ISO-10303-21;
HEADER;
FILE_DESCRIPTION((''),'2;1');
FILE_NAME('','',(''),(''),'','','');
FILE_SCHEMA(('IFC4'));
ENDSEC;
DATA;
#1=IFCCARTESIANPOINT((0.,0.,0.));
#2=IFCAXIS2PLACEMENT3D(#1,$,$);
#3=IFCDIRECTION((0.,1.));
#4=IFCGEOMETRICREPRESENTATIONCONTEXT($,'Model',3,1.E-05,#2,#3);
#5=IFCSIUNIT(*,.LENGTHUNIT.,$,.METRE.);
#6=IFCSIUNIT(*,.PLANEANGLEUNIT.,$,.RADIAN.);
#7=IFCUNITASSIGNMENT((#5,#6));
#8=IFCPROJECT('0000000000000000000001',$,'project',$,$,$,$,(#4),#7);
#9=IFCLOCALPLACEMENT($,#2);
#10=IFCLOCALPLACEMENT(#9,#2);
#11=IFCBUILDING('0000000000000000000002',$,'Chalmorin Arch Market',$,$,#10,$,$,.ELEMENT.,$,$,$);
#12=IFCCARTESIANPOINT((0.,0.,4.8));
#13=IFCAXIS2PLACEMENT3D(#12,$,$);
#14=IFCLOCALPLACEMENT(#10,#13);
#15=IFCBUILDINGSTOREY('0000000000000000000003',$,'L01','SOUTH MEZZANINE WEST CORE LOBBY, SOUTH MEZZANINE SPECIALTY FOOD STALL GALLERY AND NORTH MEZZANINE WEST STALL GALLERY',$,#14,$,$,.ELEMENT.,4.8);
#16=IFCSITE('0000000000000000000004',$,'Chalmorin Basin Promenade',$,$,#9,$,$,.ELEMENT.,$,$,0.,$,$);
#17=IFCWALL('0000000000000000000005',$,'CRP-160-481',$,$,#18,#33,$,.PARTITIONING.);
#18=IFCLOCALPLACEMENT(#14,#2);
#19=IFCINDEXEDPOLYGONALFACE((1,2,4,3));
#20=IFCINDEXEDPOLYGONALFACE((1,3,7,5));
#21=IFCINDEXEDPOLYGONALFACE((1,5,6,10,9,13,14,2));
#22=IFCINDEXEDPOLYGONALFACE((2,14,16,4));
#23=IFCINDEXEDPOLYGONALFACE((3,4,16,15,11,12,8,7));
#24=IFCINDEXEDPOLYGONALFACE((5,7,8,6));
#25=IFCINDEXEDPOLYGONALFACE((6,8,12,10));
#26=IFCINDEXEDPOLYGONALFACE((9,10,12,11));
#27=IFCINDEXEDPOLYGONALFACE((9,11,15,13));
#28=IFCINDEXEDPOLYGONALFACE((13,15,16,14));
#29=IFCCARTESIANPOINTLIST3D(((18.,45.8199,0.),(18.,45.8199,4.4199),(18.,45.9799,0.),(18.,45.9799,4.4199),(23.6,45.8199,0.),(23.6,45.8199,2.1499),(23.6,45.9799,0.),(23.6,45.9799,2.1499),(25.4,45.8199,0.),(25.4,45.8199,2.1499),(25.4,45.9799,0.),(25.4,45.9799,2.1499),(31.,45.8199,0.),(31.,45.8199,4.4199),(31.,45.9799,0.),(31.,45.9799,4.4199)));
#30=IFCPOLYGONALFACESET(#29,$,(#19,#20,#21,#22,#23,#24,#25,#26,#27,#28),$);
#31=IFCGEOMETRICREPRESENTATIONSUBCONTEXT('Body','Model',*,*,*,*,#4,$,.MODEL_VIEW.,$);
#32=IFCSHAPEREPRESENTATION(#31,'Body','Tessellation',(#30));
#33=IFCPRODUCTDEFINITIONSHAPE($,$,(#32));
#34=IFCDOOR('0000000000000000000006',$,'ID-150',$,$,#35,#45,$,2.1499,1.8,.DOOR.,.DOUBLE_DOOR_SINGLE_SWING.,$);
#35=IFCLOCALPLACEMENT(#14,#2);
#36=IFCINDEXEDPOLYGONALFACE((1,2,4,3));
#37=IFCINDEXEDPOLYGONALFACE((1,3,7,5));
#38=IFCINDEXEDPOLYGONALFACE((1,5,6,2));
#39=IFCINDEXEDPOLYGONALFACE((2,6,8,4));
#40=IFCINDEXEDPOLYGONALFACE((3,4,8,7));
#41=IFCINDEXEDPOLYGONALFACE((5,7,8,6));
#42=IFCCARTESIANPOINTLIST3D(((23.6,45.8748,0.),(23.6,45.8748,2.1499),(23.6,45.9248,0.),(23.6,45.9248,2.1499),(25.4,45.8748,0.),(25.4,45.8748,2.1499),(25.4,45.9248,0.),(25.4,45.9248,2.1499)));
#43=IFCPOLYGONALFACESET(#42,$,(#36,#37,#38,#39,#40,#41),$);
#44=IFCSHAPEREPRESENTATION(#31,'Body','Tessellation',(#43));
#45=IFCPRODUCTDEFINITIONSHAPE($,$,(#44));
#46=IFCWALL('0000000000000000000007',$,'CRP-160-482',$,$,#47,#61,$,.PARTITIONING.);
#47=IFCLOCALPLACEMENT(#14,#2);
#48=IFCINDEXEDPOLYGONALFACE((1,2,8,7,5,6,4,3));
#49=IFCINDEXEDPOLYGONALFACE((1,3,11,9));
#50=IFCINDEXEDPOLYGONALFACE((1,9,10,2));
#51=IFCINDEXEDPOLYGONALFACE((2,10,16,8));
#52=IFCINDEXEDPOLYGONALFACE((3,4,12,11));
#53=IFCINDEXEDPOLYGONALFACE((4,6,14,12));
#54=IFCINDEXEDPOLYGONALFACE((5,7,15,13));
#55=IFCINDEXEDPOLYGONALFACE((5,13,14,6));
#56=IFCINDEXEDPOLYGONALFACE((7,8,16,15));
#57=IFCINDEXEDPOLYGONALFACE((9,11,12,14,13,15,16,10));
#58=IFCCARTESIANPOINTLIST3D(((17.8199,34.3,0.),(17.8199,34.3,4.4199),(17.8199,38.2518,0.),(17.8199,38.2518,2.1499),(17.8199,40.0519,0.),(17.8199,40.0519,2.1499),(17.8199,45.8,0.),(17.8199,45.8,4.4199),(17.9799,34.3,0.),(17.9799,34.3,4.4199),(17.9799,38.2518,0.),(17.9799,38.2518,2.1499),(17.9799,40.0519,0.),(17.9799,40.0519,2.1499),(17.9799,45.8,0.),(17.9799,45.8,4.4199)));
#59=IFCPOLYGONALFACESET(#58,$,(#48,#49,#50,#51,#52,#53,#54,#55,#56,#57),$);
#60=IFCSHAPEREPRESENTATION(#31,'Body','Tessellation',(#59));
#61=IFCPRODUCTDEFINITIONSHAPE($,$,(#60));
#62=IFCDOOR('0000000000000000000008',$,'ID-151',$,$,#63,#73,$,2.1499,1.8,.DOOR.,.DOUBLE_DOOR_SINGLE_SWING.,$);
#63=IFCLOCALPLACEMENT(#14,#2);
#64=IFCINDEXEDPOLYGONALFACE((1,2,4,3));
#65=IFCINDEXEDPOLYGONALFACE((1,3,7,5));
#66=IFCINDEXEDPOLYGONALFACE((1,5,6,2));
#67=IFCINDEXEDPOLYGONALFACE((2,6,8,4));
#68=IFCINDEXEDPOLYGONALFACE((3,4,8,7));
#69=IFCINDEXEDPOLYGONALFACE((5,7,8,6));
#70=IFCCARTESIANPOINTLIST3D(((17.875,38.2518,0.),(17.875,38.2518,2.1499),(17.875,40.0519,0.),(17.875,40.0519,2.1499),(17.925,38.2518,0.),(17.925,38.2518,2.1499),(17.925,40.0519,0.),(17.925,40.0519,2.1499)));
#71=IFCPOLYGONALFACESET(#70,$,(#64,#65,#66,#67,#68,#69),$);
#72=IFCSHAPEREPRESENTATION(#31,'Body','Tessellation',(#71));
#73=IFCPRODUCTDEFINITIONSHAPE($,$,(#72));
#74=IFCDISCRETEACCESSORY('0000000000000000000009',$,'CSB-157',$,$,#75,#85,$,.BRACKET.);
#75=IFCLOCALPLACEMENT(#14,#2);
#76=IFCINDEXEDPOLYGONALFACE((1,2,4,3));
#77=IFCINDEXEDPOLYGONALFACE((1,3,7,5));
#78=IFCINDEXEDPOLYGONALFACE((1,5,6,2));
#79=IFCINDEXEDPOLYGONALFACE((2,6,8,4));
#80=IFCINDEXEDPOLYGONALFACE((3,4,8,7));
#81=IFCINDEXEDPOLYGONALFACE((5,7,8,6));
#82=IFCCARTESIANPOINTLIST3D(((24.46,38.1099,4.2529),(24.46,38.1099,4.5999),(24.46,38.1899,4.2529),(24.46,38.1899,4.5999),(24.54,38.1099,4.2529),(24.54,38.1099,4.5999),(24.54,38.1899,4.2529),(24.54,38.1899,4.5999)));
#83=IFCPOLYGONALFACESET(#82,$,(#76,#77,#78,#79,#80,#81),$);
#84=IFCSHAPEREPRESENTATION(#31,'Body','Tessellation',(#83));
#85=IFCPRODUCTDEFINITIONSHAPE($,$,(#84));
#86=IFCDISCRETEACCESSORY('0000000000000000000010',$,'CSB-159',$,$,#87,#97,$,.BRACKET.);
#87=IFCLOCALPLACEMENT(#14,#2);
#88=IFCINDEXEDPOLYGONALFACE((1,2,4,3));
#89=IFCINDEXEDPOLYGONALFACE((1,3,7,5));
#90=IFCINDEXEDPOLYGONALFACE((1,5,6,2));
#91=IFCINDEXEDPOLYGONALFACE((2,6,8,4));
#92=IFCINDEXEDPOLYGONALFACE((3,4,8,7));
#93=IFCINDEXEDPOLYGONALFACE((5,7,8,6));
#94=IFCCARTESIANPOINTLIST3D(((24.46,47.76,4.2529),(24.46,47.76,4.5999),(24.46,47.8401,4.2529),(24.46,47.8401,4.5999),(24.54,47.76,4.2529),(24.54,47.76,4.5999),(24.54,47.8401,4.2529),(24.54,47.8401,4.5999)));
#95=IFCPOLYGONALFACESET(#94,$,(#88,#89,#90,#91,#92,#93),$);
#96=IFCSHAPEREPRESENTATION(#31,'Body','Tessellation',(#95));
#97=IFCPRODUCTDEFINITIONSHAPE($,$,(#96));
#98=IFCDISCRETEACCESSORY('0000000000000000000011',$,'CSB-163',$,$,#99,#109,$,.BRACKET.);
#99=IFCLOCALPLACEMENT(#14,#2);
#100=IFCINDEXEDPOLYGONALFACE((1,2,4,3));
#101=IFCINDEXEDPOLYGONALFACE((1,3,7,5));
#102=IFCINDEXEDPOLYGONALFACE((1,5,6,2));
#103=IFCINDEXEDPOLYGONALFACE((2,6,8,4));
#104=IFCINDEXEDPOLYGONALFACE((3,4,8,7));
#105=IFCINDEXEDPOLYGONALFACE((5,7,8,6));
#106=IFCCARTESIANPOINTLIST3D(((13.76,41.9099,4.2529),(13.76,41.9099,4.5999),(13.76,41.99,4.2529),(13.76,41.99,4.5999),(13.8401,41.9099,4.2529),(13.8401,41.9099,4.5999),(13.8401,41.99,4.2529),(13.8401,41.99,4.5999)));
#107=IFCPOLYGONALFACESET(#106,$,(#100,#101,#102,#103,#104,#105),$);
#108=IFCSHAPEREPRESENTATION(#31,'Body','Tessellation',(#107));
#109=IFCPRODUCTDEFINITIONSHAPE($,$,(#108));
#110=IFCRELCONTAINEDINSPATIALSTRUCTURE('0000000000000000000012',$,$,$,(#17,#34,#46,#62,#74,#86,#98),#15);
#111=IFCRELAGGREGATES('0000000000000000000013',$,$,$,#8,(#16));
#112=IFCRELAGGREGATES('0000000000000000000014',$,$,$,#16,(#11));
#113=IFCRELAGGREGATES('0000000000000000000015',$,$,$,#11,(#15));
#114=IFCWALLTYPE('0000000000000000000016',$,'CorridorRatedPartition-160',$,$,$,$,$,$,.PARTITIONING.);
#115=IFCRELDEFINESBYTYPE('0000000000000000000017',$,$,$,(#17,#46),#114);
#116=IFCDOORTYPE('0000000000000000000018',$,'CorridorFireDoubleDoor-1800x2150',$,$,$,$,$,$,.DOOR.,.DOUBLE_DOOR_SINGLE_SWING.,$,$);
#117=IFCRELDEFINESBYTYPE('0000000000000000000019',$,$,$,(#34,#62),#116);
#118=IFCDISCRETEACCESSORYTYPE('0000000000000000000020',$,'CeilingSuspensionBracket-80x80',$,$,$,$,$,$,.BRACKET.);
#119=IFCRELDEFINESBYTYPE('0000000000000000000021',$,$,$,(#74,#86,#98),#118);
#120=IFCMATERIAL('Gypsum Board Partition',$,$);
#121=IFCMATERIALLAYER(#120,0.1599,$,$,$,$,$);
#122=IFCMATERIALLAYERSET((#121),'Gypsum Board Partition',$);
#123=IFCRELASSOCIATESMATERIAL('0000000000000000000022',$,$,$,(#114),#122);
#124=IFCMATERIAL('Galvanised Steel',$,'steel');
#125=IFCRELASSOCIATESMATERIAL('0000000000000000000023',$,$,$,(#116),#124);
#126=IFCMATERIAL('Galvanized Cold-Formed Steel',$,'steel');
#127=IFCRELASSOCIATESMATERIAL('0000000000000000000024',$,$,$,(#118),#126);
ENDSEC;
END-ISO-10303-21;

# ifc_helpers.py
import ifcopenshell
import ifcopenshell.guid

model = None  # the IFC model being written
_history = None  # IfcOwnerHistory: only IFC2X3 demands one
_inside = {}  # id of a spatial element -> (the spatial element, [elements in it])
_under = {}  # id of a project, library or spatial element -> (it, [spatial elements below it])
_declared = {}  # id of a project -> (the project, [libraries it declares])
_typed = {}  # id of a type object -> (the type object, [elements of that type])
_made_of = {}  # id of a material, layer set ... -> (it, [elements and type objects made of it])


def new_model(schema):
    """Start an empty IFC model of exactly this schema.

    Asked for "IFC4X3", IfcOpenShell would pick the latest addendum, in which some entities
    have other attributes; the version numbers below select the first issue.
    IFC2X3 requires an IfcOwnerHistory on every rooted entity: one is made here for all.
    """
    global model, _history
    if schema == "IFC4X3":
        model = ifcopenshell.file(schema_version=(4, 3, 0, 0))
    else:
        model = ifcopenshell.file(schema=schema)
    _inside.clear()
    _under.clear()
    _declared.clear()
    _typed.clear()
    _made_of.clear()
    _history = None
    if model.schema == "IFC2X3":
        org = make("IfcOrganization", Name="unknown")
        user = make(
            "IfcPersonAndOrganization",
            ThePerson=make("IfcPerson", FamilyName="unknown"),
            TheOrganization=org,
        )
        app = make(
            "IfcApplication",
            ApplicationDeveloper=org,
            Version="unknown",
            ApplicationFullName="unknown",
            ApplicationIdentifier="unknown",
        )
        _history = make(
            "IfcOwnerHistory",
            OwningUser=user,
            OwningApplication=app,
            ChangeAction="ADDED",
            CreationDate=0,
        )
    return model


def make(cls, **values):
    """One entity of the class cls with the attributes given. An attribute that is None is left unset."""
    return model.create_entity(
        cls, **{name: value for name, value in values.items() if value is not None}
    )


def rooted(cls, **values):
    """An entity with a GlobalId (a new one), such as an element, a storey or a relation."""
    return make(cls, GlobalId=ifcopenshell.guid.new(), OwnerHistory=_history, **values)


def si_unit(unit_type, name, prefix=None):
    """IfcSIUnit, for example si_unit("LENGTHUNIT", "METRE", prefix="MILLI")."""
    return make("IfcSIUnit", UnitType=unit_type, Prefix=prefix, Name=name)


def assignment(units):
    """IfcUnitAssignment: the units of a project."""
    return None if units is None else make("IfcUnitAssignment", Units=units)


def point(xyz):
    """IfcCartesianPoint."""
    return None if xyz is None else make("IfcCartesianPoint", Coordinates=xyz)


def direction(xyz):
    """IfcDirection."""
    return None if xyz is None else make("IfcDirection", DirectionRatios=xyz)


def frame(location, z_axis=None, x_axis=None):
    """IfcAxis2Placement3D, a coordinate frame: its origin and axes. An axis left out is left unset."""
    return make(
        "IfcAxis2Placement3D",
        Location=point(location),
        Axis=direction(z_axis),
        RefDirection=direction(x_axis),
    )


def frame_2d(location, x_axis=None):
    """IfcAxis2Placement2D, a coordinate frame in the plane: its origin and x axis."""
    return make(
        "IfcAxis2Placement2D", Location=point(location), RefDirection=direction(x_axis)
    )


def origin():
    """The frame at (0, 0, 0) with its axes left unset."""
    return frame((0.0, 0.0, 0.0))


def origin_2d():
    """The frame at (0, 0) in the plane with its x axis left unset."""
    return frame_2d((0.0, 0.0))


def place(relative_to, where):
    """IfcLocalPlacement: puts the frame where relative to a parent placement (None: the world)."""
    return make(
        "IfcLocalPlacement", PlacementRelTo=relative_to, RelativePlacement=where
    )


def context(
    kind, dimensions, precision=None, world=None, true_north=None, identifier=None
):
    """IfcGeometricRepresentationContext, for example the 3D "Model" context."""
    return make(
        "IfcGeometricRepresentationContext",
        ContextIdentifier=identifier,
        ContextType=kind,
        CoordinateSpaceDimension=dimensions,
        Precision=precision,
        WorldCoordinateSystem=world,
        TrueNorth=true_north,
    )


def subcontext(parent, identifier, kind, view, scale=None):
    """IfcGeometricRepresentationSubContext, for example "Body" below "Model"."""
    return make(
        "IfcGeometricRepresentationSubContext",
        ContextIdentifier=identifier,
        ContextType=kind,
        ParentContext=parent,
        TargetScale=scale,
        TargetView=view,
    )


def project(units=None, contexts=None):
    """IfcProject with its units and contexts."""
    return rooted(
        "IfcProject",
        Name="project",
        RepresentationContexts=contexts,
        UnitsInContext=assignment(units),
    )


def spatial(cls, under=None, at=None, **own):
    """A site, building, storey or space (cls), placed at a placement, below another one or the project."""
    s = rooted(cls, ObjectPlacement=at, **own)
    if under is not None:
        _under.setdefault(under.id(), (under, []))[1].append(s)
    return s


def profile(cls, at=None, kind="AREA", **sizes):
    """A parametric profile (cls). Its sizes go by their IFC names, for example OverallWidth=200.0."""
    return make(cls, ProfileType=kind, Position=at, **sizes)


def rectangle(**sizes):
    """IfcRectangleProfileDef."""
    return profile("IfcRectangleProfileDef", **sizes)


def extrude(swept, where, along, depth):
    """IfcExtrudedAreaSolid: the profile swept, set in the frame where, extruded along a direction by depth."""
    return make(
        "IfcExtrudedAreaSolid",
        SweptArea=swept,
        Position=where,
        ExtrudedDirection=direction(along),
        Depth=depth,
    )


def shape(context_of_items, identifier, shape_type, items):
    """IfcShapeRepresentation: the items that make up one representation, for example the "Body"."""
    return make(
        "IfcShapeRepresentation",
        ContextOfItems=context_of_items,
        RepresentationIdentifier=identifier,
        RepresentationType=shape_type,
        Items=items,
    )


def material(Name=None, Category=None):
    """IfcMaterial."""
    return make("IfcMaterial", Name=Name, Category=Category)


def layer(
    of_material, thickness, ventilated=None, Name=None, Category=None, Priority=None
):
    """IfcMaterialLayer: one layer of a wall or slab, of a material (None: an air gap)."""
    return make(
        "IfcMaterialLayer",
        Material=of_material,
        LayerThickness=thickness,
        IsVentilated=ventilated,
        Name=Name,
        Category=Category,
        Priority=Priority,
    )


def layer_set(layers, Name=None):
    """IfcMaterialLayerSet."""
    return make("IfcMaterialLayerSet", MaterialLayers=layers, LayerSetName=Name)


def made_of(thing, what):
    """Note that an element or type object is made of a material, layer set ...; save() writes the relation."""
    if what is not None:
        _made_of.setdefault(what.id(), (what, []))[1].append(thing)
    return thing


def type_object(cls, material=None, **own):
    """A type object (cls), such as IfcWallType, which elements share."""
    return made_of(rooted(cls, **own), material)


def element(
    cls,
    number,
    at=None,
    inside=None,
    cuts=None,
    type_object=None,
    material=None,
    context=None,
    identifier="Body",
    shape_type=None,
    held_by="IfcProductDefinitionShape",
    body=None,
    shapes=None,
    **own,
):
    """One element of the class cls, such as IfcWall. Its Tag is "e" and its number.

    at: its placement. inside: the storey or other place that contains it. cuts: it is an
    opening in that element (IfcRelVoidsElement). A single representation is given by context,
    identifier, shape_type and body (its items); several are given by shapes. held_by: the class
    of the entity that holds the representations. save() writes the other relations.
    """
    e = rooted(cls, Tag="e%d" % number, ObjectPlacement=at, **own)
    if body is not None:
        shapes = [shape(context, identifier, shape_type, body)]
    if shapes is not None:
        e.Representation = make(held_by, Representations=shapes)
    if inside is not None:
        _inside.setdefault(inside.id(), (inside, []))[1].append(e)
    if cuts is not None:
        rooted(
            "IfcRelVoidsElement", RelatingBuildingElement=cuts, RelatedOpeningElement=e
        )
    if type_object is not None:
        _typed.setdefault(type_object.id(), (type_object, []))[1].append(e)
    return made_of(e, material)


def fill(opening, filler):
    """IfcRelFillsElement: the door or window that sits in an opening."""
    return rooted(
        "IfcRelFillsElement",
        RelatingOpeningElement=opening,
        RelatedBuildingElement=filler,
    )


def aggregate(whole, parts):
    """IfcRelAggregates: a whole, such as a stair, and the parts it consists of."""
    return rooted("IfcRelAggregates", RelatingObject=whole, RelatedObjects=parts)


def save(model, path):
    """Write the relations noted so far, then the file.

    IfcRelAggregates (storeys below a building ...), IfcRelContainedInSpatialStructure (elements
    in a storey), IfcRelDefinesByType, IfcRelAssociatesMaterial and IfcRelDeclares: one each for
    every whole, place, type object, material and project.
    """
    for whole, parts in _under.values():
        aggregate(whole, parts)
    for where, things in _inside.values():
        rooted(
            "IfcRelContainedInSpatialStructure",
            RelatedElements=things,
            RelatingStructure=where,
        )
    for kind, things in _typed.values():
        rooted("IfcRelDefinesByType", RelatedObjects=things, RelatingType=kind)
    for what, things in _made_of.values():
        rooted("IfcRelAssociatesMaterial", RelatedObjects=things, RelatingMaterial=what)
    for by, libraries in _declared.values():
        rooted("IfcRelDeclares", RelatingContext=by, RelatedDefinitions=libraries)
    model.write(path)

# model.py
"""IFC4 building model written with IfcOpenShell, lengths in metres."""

from ifc_helpers import new_model, si_unit, direction, frame, frame_2d, origin, origin_2d, place, context, subcontext, project, spatial, rectangle, extrude, material, layer, layer_set, type_object, element, fill, save


model = new_model("IFC4")

# Units and contexts
model_context = context("Model", 3, precision=1e-05, world=origin(), true_north=direction((0.0, 1.0)))
body_context = subcontext(model_context, "Body", "Model", "MODEL_VIEW")
ifc_project = project(units=[si_unit("LENGTHUNIT", "METRE"), si_unit("PLANEANGLEUNIT", "RADIAN")], contexts=[model_context])

# Site, building, storey
site_placement = place(None, origin())
site = spatial("IfcSite", under=ifc_project, at=site_placement, Name="Chalmorin Basin Promenade", CompositionType="ELEMENT", RefElevation=0.0)
building_placement = place(site_placement, origin())
building = spatial("IfcBuilding", under=site, at=building_placement, Name="Chalmorin Arch Market", CompositionType="ELEMENT")
storey_placement = place(building_placement, frame((0.0, 0.0, 4.8)))
storey = spatial("IfcBuildingStorey", under=building, at=storey_placement, Name="L01", Description="SOUTH MEZZANINE WEST CORE LOBBY, SOUTH MEZZANINE SPECIALTY FOOD STALL GALLERY AND NORTH MEZZANINE WEST STALL GALLERY", CompositionType="ELEMENT", Elevation=4.8)

# Walls, openings, doors
ifc_material_1 = material(Name="Gypsum Board Partition")
ifc_layer = layer(ifc_material_1, 0.1599)
ifc_layer_set = layer_set([ifc_layer], Name="Gypsum Board Partition")
wall_type = type_object("IfcWallType", Name="CorridorRatedPartition-160", PredefinedType="PARTITIONING", material=ifc_layer_set)
wall_1_placement = place(storey_placement, frame((18.0, 45.8999, 0.0), z_axis=(0.0, 0.0, 1.0), x_axis=(1.0, 0.0, 0.0)))
wall_1 = element("IfcWall", 1, at=wall_1_placement, inside=storey, type_object=wall_type, Name="CRP-160-481", PredefinedType="PARTITIONING", context=body_context, shape_type="SweptSolid", body=[
    extrude(rectangle(XDim=13.0, YDim=0.1599, at=frame_2d((6.5, 0.0))), origin(), (0.0, 0.0, 1.0), 4.4199),
])
opening_1_placement = place(wall_1_placement, frame((5.6001, 0.0, 0.0)))
opening_1 = element("IfcOpeningElement", 2, at=opening_1_placement, cuts=wall_1, PredefinedType="OPENING", context=body_context, shape_type="SweptSolid", body=[
    extrude(rectangle(XDim=1.8, YDim=2.1499, at=frame_2d((0.8999, 1.075))), frame((0.0, 0.0898, 0.0), z_axis=(0.0, -1.0, 0.0), x_axis=(1.0, 0.0, 0.0)), (0.0, 0.0, 1.0), 0.1799),
])
ifc_material_2 = material(Name="Galvanised Steel", Category="steel")
door_type = type_object("IfcDoorType", Name="CorridorFireDoubleDoor-1800x2150", OperationType="DOUBLE_DOOR_SINGLE_SWING", PredefinedType="DOOR", material=ifc_material_2)
door_1_placement = place(opening_1_placement, origin())
door_1 = element("IfcDoor", 3, at=door_1_placement, inside=storey, type_object=door_type, Name="ID-150", OperationType="DOUBLE_DOOR_SINGLE_SWING", OverallHeight=2.1499, OverallWidth=1.8, PredefinedType="DOOR", context=body_context, shape_type="SweptSolid", body=[
    extrude(rectangle(XDim=1.8, YDim=2.1499, at=frame_2d((0.8999, 1.075))), frame((0.0, 0.0249, 0.0), z_axis=(0.0, -1.0, 0.0), x_axis=(1.0, 0.0, 0.0)), (0.0, 0.0, 1.0), 0.05),
])
fill(opening_1, door_1)
wall_2_placement = place(storey_placement, frame((17.8999, 34.3, 0.0), z_axis=(0.0, 0.0, 1.0), x_axis=(0.0, 1.0, 0.0)))
wall_2 = element("IfcWall", 4, at=wall_2_placement, inside=storey, type_object=wall_type, Name="CRP-160-482", PredefinedType="PARTITIONING", context=body_context, shape_type="SweptSolid", body=[
    extrude(rectangle(XDim=11.5, YDim=0.1599, at=frame_2d((5.75, 0.0))), origin(), (0.0, 0.0, 1.0), 4.4199),
])
opening_2_placement = place(wall_2_placement, frame((3.9519, 0.0, 0.0)))
opening_2 = element("IfcOpeningElement", 5, at=opening_2_placement, cuts=wall_2, PredefinedType="OPENING", context=body_context, shape_type="SweptSolid", body=[
    extrude(rectangle(XDim=1.8, YDim=2.1499, at=frame_2d((0.8999, 1.075))), frame((0.0, 0.0898, 0.0), z_axis=(0.0, -1.0, 0.0), x_axis=(1.0, 0.0, 0.0)), (0.0, 0.0, 1.0), 0.1799),
])
door_2_placement = place(opening_2_placement, origin())
door_2 = element("IfcDoor", 6, at=door_2_placement, inside=storey, type_object=door_type, Name="ID-151", OperationType="DOUBLE_DOOR_SINGLE_SWING", OverallHeight=2.1499, OverallWidth=1.8, PredefinedType="DOOR", context=body_context, shape_type="SweptSolid", body=[
    extrude(rectangle(XDim=1.8, YDim=2.1499, at=frame_2d((0.8999, 1.075))), frame((0.0, 0.0249, 0.0), z_axis=(0.0, -1.0, 0.0), x_axis=(1.0, 0.0, 0.0)), (0.0, 0.0, 1.0), 0.05),
])
fill(opening_2, door_2)

# Discrete accessories
ifc_material_3 = material(Name="Galvanized Cold-Formed Steel", Category="steel")
discrete_accessory_type = type_object("IfcDiscreteAccessoryType", Name="CeilingSuspensionBracket-80x80", PredefinedType="BRACKET", material=ifc_material_3)
for number, where, z_axis, x_axis, name in (
    (7, (24.5, 38.1499, 4.2529), (0.0, 0.0, 1.0), (1.0, 0.0, 0.0), "CSB-157"),
    (8, (24.5, 47.8, 4.2529), (0.0, 0.0, 1.0), (1.0, 0.0, 0.0), "CSB-159"),
    (9, (13.8, 41.95, 4.2529), (0.0, 0.0, 1.0), (1.0, 0.0, 0.0), "CSB-163"),
):
    element("IfcDiscreteAccessory", number, at=place(storey_placement, frame(where, z_axis=z_axis, x_axis=x_axis)), inside=storey, type_object=discrete_accessory_type, Name=name, PredefinedType="BRACKET", context=body_context, shape_type="SweptSolid", body=[
        extrude(rectangle(XDim=0.0801, YDim=0.0801, at=origin_2d()), origin(), (0.0, 0.0, 1.0), 0.3469),
    ])

save(model, "model.ifc")
